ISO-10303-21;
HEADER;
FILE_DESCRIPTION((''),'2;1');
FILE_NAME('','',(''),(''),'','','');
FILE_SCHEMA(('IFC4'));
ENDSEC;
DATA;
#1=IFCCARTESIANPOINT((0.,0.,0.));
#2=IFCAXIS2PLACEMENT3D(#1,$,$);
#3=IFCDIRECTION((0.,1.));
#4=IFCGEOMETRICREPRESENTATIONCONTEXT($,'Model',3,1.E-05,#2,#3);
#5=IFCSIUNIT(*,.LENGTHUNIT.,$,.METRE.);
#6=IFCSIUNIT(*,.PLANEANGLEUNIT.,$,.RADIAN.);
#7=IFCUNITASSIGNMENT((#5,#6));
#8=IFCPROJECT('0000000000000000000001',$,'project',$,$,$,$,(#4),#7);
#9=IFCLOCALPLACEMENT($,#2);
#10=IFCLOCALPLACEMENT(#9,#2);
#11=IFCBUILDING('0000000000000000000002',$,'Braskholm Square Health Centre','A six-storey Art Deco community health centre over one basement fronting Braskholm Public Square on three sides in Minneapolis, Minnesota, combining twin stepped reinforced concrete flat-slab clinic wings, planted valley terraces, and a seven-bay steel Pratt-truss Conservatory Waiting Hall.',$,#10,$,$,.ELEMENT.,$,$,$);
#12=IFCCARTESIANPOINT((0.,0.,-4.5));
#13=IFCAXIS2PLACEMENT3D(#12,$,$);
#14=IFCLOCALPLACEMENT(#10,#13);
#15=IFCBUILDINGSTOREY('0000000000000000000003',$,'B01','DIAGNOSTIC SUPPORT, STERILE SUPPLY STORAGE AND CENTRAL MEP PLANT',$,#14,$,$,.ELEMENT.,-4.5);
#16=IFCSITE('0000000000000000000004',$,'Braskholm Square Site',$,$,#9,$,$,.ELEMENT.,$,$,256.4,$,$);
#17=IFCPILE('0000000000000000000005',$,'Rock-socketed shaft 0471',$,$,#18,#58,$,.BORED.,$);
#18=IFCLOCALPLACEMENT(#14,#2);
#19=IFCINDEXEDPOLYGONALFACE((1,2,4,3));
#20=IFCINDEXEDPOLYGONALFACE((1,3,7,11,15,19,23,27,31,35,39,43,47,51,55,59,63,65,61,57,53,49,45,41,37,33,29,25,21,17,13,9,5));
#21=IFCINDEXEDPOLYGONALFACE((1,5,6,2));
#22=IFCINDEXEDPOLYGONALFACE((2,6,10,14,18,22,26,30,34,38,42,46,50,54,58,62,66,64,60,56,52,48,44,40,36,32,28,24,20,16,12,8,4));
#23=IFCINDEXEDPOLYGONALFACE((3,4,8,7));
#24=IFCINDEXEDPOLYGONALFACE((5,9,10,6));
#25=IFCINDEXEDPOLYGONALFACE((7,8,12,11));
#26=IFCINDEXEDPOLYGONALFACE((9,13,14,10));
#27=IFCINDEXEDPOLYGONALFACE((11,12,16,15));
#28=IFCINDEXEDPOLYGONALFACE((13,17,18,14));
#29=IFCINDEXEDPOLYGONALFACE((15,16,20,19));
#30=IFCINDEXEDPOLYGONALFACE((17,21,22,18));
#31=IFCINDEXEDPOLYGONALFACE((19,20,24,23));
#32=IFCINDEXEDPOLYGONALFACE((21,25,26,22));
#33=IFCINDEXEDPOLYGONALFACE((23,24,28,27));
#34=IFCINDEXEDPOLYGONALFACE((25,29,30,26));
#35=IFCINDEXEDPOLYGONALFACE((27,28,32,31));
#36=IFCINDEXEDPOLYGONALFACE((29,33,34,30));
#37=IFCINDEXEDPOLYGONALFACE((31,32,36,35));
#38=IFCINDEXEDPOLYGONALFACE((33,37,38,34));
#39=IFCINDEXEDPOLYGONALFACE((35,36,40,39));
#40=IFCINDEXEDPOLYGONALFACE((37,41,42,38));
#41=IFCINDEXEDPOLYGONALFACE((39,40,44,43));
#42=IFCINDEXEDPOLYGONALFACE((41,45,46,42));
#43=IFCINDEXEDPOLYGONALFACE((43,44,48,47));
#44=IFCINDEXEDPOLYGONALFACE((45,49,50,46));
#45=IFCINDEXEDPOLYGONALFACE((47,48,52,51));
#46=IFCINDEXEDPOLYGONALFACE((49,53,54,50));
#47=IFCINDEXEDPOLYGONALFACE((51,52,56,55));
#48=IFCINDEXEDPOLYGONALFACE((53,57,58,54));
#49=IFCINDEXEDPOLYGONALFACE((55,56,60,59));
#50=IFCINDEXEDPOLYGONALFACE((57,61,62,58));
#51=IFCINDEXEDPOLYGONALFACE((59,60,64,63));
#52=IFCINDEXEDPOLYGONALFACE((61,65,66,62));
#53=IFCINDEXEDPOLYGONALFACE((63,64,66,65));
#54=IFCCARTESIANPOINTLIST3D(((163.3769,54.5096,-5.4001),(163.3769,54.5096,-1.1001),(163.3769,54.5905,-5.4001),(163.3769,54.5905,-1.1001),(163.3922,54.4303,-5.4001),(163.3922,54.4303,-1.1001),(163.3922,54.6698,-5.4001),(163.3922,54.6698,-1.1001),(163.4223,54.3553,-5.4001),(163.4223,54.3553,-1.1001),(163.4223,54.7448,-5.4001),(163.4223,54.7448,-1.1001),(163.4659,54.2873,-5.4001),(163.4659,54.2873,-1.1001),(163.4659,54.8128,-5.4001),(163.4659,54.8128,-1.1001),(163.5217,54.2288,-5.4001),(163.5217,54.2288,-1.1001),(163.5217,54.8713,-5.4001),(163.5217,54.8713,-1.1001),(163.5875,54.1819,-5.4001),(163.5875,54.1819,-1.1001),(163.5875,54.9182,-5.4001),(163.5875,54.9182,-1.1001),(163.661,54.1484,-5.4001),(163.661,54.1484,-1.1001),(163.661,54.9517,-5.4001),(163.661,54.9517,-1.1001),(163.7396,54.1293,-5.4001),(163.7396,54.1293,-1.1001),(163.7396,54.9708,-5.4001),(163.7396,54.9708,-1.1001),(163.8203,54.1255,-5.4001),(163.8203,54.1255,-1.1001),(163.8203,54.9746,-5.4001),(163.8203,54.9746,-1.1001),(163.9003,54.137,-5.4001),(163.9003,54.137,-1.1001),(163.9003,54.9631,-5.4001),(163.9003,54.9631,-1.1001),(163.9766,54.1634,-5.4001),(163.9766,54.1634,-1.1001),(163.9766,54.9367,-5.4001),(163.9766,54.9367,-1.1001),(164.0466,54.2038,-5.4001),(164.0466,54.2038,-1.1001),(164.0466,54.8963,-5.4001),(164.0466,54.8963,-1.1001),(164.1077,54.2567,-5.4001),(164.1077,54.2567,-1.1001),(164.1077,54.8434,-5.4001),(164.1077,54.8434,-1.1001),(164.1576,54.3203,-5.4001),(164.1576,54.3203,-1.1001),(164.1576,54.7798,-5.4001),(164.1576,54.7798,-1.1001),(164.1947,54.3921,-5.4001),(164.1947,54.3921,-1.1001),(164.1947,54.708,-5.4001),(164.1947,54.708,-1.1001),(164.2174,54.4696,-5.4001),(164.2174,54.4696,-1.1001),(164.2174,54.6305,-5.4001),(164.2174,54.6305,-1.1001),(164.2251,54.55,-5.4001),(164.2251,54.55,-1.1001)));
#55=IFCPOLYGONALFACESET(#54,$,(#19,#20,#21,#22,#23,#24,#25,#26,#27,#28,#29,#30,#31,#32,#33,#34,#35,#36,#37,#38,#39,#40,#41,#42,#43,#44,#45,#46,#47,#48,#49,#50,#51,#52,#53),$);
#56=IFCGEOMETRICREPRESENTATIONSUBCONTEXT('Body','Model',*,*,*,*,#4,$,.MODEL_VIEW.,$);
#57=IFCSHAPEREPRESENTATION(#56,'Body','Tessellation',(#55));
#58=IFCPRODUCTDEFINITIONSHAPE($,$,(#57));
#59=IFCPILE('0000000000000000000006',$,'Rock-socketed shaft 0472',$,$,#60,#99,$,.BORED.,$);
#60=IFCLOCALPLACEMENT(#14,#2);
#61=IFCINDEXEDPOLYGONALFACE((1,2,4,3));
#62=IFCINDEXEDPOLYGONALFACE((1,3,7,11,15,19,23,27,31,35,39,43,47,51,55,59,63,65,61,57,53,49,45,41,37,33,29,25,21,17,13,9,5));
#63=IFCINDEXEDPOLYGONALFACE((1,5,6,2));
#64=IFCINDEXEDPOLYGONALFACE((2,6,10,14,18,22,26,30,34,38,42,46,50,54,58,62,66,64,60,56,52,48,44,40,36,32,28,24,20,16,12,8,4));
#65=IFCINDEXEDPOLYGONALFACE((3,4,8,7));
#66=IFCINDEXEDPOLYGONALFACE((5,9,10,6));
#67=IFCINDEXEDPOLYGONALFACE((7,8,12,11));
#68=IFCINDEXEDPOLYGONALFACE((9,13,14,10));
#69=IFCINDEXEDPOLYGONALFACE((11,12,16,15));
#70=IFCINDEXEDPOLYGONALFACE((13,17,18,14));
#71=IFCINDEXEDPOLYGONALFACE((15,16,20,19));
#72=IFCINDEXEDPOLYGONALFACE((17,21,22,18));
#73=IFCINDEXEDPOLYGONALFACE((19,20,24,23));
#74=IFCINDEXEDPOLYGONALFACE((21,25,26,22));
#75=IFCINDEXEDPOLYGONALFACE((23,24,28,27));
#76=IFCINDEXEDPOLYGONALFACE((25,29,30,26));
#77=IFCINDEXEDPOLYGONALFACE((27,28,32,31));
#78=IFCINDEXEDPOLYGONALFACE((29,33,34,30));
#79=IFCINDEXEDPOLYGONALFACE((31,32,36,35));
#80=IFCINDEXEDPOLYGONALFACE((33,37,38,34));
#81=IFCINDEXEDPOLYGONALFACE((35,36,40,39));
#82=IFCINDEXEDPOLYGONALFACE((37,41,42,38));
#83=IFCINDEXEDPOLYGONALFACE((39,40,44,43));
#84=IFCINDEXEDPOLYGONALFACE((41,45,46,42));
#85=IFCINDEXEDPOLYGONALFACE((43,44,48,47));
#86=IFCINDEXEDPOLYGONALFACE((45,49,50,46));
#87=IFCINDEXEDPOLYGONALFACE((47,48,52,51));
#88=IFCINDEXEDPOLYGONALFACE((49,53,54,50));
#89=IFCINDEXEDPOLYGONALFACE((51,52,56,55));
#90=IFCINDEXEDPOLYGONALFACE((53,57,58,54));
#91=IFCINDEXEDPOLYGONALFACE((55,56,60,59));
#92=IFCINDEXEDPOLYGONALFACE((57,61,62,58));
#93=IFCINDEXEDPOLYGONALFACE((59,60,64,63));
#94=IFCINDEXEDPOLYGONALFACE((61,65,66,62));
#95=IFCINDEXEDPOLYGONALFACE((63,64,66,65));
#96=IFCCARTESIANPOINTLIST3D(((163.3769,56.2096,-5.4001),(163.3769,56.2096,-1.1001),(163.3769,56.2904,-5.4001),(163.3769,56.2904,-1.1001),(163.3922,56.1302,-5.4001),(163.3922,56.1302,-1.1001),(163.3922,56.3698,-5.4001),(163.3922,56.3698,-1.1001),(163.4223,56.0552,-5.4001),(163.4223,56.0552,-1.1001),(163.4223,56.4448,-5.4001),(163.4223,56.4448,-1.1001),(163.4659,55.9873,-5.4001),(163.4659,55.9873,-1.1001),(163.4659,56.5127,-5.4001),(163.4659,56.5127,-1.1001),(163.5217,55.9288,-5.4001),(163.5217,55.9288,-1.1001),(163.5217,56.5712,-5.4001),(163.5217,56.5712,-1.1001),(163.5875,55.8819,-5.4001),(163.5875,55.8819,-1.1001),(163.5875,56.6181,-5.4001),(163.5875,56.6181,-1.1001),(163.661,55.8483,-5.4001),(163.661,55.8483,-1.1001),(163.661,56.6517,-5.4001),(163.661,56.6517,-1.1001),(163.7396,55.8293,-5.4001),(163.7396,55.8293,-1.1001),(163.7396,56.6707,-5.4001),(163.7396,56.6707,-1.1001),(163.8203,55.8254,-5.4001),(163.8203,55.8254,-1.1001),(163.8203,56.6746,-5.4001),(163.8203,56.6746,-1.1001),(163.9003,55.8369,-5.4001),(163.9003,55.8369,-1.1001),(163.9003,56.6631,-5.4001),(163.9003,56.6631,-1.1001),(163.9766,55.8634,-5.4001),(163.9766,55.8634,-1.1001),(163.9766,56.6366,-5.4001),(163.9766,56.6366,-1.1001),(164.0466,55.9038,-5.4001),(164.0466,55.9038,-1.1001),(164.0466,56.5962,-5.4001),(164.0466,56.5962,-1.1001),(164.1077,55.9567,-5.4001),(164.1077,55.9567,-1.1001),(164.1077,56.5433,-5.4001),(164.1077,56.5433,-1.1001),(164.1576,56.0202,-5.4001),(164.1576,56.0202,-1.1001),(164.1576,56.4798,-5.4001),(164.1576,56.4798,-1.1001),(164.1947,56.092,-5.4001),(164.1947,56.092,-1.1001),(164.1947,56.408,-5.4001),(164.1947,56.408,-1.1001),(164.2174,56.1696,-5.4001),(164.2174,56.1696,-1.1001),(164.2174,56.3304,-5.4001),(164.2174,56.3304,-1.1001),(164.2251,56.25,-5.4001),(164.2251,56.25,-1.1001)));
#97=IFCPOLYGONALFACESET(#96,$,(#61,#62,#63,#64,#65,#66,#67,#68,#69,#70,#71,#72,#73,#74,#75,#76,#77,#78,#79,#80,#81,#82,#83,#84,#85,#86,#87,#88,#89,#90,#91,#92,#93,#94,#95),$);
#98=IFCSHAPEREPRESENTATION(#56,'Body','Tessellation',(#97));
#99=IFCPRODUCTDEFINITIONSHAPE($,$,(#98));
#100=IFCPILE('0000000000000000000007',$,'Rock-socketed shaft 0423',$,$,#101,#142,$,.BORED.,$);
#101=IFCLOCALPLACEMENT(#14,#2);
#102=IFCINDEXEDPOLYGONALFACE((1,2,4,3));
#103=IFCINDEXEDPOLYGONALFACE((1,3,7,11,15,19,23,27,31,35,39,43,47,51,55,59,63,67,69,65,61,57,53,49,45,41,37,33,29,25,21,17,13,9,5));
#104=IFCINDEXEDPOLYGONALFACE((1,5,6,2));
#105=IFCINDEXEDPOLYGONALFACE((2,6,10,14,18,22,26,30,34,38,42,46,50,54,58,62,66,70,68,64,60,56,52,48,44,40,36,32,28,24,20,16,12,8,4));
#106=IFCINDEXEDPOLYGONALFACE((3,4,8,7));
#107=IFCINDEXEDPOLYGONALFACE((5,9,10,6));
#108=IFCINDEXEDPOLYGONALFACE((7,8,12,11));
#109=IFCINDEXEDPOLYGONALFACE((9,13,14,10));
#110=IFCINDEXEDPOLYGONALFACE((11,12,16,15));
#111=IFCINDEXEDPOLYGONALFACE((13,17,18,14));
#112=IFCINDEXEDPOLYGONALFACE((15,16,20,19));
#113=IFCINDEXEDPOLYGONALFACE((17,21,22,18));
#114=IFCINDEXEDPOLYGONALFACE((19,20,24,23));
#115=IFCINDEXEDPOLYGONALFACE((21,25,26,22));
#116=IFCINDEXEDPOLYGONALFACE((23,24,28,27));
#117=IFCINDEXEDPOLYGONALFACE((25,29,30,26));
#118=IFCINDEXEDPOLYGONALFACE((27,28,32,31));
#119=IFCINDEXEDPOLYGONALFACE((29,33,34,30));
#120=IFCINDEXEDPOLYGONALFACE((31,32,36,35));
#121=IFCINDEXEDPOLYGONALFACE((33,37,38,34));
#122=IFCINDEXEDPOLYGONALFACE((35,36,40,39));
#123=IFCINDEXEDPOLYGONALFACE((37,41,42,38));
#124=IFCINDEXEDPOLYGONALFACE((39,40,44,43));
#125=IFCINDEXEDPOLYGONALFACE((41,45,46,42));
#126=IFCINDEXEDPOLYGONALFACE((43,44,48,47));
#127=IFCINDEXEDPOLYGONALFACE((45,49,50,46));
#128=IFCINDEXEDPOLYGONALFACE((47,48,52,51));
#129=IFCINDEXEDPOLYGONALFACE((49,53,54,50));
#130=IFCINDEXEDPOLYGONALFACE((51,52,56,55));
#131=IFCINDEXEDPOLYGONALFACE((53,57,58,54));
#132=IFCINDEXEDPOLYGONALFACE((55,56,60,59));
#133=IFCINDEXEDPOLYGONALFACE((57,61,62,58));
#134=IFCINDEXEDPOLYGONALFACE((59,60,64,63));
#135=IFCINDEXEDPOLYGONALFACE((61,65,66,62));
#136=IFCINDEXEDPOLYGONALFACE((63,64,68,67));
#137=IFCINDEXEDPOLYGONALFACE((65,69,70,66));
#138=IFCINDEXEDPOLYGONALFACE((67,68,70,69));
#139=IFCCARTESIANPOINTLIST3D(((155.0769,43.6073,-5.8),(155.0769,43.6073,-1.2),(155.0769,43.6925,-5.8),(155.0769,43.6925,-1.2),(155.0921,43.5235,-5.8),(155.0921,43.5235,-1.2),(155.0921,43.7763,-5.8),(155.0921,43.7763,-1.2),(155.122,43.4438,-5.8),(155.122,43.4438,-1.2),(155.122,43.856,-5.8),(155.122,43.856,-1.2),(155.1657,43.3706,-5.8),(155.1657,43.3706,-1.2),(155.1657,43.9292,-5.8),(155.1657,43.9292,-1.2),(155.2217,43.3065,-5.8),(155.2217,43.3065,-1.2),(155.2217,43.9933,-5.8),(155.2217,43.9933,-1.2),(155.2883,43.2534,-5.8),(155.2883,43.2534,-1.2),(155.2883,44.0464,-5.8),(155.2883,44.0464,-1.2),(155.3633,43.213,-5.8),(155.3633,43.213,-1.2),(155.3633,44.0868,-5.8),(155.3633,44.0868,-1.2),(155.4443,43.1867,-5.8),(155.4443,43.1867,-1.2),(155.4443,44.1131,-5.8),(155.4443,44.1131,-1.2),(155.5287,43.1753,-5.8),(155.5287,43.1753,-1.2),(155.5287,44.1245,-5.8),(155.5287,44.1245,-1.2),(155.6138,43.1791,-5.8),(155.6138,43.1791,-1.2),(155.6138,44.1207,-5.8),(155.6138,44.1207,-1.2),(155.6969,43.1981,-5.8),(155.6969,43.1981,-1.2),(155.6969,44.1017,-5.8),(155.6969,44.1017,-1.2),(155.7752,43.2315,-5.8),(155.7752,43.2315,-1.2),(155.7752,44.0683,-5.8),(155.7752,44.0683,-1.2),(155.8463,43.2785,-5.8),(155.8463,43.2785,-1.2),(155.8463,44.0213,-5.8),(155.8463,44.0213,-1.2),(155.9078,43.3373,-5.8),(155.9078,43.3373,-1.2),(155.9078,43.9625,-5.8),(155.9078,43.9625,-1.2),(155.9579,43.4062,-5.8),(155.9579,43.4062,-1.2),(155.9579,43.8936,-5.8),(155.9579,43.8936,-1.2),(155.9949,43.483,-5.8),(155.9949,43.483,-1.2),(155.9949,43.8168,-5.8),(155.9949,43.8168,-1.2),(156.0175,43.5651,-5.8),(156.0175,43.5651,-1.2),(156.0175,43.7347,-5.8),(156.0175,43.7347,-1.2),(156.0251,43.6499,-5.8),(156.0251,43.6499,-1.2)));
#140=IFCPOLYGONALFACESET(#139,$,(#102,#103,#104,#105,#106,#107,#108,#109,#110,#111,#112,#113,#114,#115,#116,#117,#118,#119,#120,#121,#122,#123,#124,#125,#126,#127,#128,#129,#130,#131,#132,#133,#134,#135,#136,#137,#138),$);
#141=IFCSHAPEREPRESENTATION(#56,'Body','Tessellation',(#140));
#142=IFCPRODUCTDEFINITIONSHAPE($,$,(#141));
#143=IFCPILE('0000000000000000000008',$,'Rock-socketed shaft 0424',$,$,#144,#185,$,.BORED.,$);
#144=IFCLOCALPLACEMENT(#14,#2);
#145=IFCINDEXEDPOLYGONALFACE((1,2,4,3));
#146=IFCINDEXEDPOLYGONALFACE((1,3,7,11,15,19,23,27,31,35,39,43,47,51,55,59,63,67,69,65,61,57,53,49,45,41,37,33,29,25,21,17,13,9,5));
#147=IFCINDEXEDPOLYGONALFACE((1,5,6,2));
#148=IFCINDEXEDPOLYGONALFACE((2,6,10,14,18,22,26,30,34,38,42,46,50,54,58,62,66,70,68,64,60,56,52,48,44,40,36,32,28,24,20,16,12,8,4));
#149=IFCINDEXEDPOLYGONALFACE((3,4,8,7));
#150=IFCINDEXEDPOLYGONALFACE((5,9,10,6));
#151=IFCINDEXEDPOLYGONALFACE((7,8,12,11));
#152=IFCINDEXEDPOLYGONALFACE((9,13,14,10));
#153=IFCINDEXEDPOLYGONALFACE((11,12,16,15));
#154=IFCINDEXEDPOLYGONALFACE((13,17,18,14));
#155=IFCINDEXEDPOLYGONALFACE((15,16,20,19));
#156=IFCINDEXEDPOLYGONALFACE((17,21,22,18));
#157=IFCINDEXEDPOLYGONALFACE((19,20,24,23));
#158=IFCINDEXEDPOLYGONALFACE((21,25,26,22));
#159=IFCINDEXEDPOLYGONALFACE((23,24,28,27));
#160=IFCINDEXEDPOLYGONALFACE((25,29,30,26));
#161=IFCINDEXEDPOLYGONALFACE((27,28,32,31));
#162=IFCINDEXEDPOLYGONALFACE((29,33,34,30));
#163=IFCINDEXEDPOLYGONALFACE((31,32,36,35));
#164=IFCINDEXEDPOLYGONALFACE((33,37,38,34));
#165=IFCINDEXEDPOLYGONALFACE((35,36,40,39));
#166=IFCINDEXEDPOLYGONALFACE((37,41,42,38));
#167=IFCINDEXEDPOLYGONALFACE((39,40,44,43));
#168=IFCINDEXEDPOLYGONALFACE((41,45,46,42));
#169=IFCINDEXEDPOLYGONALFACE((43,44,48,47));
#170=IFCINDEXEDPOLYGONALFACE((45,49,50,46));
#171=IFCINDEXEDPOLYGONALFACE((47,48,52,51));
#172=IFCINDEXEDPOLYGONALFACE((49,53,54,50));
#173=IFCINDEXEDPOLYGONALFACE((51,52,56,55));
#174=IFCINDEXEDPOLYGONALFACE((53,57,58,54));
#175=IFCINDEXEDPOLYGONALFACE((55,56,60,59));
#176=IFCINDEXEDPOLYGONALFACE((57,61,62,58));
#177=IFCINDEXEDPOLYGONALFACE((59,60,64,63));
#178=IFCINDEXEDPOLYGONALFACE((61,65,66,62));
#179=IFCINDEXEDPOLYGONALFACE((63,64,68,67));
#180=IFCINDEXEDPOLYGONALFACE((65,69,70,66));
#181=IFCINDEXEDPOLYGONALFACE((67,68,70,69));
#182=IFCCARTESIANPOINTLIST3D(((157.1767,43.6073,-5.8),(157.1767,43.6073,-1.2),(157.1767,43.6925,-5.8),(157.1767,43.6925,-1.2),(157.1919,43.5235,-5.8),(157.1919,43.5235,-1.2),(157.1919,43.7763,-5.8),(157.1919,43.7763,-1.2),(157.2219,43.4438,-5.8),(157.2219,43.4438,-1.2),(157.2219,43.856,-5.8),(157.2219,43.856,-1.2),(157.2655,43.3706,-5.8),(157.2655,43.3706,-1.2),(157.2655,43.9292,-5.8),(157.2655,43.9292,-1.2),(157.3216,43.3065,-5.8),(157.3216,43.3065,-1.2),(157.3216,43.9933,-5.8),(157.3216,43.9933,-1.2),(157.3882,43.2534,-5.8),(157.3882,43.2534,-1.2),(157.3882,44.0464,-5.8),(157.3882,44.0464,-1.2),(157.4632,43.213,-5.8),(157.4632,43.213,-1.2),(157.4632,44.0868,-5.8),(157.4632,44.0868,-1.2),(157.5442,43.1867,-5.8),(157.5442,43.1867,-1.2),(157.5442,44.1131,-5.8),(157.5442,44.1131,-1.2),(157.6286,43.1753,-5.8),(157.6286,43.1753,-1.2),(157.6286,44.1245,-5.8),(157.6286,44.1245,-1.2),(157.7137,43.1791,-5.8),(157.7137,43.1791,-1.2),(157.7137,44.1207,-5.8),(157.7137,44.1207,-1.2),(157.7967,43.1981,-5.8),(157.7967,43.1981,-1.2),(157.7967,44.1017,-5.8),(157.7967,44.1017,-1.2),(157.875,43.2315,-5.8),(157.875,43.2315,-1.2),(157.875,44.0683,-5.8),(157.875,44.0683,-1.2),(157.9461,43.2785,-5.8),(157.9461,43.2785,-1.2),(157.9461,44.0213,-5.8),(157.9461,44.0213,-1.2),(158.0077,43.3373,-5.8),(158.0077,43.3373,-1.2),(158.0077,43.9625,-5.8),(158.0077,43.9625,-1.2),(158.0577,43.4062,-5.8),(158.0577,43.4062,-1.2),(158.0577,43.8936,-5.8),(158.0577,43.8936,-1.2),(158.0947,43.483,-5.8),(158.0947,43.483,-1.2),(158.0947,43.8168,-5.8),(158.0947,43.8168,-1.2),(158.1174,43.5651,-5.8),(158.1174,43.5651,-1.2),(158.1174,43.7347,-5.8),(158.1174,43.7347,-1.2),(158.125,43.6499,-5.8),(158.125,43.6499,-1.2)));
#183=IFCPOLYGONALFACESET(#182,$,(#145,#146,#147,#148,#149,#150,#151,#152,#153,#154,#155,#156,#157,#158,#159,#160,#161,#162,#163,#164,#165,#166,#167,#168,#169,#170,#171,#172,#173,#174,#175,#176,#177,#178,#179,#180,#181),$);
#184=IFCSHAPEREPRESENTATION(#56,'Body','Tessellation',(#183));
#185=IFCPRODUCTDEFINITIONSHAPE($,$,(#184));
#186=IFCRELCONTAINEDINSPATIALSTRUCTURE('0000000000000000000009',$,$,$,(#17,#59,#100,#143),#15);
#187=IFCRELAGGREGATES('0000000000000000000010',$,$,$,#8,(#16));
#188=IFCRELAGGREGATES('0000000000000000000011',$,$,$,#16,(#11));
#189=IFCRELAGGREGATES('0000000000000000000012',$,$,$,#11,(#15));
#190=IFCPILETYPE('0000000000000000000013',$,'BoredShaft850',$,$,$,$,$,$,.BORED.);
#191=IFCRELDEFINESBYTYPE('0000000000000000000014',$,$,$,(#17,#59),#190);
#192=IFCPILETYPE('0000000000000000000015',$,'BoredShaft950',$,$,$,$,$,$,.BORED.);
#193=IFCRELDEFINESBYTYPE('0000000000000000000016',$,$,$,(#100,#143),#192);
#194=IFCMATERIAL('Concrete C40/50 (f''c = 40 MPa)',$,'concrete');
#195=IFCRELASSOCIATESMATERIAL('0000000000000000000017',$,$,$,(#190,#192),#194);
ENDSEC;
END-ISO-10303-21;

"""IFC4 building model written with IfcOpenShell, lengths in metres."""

from ifc_helpers import new_model, si_unit, direction, frame, origin, origin_2d, place, context, subcontext, project, spatial, circle, extrude, material, material_profile, profile_set, type_object, element, save


model = new_model("IFC4")

# Units and contexts
model_context = context("Model", 3, precision=1e-05, world=origin(), true_north=direction((0.0, 1.0)))
body_context = subcontext(model_context, "Body", "Model", "MODEL_VIEW")
ifc_project = project(units=[si_unit("LENGTHUNIT", "METRE"), si_unit("PLANEANGLEUNIT", "RADIAN")], contexts=[model_context])

# Site, building, storey
site_placement = place(None, origin())
site = spatial("IfcSite", under=ifc_project, at=site_placement, Name="Braskholm Square Site", CompositionType="ELEMENT", RefElevation=256.4)
building_placement = place(site_placement, origin())
building = spatial("IfcBuilding", under=site, at=building_placement, Name="Braskholm Square Health Centre", Description="A six-storey Art Deco community health centre over one basement fronting Braskholm Public Square on three sides in Minneapolis, Minnesota, combining twin stepped reinforced concrete flat-slab clinic wings, planted valley terraces, and a seven-bay steel Pratt-truss Conservatory Waiting Hall.", CompositionType="ELEMENT")
storey_placement = place(building_placement, frame((0.0, 0.0, -4.5)))
storey = spatial("IfcBuildingStorey", under=building, at=storey_placement, Name="B01", Description="DIAGNOSTIC SUPPORT, STERILE SUPPLY STORAGE AND CENTRAL MEP PLANT", CompositionType="ELEMENT", Elevation=-4.5)

# Piles
ifc_material_1 = material(Name="Concrete C40/50 (f'c = 40 MPa)", Category="concrete")
ifc_material_profile_1 = material_profile(ifc_material_1, circle(Radius=0.425, at=origin_2d()), Name="BORED-PILE-850")
ifc_profile_set_1 = profile_set([ifc_material_profile_1], Name="Concrete C40/50 (f'c = 40 MPa)")
pile_type_1 = type_object("IfcPileType", Name="BoredShaft850", PredefinedType="BORED", material=ifc_profile_set_1)
for number, where, z_axis, x_axis, name in (
    (1, (163.8, 54.55, -1.1001), (0.0, 0.0, -1.0), (1.0, 0.0, 0.0), "Rock-socketed shaft 0471"),
    (2, (163.8, 56.25, -1.1001), (0.0, 0.0, -1.0), (1.0, 0.0, 0.0), "Rock-socketed shaft 0472"),
):
    element("IfcPile", number, at=place(storey_placement, frame(where, z_axis=z_axis, x_axis=x_axis)), inside=storey, type_object=pile_type_1, Name=name, PredefinedType="BORED", context=body_context, shape_type="SweptSolid", body=[
        extrude(circle(Radius=0.425, at=origin_2d()), origin(), (0.0, 0.0, 1.0), 4.3),
    ])
ifc_material_profile_2 = material_profile(ifc_material_1, circle(Radius=0.4751, at=origin_2d()), Name="BORED-PILE-950")
ifc_profile_set_2 = profile_set([ifc_material_profile_2], Name="Concrete C40/50 (f'c = 40 MPa)")
pile_type_2 = type_object("IfcPileType", Name="BoredShaft950", PredefinedType="BORED", material=ifc_profile_set_2)
for number, where, z_axis, x_axis, name in (
    (3, (155.55, 43.6499, -1.2), (0.0, 0.0, -1.0), (1.0, 0.0, 0.0), "Rock-socketed shaft 0423"),
    (4, (157.6499, 43.6499, -1.2), (0.0, 0.0, -1.0), (1.0, 0.0, 0.0), "Rock-socketed shaft 0424"),
):
    element("IfcPile", number, at=place(storey_placement, frame(where, z_axis=z_axis, x_axis=x_axis)), inside=storey, type_object=pile_type_2, Name=name, PredefinedType="BORED", context=body_context, shape_type="SweptSolid", body=[
        extrude(circle(Radius=0.4751, at=origin_2d()), origin(), (0.0, 0.0, 1.0), 4.6001),
    ])

save(model, "model.ifc")
